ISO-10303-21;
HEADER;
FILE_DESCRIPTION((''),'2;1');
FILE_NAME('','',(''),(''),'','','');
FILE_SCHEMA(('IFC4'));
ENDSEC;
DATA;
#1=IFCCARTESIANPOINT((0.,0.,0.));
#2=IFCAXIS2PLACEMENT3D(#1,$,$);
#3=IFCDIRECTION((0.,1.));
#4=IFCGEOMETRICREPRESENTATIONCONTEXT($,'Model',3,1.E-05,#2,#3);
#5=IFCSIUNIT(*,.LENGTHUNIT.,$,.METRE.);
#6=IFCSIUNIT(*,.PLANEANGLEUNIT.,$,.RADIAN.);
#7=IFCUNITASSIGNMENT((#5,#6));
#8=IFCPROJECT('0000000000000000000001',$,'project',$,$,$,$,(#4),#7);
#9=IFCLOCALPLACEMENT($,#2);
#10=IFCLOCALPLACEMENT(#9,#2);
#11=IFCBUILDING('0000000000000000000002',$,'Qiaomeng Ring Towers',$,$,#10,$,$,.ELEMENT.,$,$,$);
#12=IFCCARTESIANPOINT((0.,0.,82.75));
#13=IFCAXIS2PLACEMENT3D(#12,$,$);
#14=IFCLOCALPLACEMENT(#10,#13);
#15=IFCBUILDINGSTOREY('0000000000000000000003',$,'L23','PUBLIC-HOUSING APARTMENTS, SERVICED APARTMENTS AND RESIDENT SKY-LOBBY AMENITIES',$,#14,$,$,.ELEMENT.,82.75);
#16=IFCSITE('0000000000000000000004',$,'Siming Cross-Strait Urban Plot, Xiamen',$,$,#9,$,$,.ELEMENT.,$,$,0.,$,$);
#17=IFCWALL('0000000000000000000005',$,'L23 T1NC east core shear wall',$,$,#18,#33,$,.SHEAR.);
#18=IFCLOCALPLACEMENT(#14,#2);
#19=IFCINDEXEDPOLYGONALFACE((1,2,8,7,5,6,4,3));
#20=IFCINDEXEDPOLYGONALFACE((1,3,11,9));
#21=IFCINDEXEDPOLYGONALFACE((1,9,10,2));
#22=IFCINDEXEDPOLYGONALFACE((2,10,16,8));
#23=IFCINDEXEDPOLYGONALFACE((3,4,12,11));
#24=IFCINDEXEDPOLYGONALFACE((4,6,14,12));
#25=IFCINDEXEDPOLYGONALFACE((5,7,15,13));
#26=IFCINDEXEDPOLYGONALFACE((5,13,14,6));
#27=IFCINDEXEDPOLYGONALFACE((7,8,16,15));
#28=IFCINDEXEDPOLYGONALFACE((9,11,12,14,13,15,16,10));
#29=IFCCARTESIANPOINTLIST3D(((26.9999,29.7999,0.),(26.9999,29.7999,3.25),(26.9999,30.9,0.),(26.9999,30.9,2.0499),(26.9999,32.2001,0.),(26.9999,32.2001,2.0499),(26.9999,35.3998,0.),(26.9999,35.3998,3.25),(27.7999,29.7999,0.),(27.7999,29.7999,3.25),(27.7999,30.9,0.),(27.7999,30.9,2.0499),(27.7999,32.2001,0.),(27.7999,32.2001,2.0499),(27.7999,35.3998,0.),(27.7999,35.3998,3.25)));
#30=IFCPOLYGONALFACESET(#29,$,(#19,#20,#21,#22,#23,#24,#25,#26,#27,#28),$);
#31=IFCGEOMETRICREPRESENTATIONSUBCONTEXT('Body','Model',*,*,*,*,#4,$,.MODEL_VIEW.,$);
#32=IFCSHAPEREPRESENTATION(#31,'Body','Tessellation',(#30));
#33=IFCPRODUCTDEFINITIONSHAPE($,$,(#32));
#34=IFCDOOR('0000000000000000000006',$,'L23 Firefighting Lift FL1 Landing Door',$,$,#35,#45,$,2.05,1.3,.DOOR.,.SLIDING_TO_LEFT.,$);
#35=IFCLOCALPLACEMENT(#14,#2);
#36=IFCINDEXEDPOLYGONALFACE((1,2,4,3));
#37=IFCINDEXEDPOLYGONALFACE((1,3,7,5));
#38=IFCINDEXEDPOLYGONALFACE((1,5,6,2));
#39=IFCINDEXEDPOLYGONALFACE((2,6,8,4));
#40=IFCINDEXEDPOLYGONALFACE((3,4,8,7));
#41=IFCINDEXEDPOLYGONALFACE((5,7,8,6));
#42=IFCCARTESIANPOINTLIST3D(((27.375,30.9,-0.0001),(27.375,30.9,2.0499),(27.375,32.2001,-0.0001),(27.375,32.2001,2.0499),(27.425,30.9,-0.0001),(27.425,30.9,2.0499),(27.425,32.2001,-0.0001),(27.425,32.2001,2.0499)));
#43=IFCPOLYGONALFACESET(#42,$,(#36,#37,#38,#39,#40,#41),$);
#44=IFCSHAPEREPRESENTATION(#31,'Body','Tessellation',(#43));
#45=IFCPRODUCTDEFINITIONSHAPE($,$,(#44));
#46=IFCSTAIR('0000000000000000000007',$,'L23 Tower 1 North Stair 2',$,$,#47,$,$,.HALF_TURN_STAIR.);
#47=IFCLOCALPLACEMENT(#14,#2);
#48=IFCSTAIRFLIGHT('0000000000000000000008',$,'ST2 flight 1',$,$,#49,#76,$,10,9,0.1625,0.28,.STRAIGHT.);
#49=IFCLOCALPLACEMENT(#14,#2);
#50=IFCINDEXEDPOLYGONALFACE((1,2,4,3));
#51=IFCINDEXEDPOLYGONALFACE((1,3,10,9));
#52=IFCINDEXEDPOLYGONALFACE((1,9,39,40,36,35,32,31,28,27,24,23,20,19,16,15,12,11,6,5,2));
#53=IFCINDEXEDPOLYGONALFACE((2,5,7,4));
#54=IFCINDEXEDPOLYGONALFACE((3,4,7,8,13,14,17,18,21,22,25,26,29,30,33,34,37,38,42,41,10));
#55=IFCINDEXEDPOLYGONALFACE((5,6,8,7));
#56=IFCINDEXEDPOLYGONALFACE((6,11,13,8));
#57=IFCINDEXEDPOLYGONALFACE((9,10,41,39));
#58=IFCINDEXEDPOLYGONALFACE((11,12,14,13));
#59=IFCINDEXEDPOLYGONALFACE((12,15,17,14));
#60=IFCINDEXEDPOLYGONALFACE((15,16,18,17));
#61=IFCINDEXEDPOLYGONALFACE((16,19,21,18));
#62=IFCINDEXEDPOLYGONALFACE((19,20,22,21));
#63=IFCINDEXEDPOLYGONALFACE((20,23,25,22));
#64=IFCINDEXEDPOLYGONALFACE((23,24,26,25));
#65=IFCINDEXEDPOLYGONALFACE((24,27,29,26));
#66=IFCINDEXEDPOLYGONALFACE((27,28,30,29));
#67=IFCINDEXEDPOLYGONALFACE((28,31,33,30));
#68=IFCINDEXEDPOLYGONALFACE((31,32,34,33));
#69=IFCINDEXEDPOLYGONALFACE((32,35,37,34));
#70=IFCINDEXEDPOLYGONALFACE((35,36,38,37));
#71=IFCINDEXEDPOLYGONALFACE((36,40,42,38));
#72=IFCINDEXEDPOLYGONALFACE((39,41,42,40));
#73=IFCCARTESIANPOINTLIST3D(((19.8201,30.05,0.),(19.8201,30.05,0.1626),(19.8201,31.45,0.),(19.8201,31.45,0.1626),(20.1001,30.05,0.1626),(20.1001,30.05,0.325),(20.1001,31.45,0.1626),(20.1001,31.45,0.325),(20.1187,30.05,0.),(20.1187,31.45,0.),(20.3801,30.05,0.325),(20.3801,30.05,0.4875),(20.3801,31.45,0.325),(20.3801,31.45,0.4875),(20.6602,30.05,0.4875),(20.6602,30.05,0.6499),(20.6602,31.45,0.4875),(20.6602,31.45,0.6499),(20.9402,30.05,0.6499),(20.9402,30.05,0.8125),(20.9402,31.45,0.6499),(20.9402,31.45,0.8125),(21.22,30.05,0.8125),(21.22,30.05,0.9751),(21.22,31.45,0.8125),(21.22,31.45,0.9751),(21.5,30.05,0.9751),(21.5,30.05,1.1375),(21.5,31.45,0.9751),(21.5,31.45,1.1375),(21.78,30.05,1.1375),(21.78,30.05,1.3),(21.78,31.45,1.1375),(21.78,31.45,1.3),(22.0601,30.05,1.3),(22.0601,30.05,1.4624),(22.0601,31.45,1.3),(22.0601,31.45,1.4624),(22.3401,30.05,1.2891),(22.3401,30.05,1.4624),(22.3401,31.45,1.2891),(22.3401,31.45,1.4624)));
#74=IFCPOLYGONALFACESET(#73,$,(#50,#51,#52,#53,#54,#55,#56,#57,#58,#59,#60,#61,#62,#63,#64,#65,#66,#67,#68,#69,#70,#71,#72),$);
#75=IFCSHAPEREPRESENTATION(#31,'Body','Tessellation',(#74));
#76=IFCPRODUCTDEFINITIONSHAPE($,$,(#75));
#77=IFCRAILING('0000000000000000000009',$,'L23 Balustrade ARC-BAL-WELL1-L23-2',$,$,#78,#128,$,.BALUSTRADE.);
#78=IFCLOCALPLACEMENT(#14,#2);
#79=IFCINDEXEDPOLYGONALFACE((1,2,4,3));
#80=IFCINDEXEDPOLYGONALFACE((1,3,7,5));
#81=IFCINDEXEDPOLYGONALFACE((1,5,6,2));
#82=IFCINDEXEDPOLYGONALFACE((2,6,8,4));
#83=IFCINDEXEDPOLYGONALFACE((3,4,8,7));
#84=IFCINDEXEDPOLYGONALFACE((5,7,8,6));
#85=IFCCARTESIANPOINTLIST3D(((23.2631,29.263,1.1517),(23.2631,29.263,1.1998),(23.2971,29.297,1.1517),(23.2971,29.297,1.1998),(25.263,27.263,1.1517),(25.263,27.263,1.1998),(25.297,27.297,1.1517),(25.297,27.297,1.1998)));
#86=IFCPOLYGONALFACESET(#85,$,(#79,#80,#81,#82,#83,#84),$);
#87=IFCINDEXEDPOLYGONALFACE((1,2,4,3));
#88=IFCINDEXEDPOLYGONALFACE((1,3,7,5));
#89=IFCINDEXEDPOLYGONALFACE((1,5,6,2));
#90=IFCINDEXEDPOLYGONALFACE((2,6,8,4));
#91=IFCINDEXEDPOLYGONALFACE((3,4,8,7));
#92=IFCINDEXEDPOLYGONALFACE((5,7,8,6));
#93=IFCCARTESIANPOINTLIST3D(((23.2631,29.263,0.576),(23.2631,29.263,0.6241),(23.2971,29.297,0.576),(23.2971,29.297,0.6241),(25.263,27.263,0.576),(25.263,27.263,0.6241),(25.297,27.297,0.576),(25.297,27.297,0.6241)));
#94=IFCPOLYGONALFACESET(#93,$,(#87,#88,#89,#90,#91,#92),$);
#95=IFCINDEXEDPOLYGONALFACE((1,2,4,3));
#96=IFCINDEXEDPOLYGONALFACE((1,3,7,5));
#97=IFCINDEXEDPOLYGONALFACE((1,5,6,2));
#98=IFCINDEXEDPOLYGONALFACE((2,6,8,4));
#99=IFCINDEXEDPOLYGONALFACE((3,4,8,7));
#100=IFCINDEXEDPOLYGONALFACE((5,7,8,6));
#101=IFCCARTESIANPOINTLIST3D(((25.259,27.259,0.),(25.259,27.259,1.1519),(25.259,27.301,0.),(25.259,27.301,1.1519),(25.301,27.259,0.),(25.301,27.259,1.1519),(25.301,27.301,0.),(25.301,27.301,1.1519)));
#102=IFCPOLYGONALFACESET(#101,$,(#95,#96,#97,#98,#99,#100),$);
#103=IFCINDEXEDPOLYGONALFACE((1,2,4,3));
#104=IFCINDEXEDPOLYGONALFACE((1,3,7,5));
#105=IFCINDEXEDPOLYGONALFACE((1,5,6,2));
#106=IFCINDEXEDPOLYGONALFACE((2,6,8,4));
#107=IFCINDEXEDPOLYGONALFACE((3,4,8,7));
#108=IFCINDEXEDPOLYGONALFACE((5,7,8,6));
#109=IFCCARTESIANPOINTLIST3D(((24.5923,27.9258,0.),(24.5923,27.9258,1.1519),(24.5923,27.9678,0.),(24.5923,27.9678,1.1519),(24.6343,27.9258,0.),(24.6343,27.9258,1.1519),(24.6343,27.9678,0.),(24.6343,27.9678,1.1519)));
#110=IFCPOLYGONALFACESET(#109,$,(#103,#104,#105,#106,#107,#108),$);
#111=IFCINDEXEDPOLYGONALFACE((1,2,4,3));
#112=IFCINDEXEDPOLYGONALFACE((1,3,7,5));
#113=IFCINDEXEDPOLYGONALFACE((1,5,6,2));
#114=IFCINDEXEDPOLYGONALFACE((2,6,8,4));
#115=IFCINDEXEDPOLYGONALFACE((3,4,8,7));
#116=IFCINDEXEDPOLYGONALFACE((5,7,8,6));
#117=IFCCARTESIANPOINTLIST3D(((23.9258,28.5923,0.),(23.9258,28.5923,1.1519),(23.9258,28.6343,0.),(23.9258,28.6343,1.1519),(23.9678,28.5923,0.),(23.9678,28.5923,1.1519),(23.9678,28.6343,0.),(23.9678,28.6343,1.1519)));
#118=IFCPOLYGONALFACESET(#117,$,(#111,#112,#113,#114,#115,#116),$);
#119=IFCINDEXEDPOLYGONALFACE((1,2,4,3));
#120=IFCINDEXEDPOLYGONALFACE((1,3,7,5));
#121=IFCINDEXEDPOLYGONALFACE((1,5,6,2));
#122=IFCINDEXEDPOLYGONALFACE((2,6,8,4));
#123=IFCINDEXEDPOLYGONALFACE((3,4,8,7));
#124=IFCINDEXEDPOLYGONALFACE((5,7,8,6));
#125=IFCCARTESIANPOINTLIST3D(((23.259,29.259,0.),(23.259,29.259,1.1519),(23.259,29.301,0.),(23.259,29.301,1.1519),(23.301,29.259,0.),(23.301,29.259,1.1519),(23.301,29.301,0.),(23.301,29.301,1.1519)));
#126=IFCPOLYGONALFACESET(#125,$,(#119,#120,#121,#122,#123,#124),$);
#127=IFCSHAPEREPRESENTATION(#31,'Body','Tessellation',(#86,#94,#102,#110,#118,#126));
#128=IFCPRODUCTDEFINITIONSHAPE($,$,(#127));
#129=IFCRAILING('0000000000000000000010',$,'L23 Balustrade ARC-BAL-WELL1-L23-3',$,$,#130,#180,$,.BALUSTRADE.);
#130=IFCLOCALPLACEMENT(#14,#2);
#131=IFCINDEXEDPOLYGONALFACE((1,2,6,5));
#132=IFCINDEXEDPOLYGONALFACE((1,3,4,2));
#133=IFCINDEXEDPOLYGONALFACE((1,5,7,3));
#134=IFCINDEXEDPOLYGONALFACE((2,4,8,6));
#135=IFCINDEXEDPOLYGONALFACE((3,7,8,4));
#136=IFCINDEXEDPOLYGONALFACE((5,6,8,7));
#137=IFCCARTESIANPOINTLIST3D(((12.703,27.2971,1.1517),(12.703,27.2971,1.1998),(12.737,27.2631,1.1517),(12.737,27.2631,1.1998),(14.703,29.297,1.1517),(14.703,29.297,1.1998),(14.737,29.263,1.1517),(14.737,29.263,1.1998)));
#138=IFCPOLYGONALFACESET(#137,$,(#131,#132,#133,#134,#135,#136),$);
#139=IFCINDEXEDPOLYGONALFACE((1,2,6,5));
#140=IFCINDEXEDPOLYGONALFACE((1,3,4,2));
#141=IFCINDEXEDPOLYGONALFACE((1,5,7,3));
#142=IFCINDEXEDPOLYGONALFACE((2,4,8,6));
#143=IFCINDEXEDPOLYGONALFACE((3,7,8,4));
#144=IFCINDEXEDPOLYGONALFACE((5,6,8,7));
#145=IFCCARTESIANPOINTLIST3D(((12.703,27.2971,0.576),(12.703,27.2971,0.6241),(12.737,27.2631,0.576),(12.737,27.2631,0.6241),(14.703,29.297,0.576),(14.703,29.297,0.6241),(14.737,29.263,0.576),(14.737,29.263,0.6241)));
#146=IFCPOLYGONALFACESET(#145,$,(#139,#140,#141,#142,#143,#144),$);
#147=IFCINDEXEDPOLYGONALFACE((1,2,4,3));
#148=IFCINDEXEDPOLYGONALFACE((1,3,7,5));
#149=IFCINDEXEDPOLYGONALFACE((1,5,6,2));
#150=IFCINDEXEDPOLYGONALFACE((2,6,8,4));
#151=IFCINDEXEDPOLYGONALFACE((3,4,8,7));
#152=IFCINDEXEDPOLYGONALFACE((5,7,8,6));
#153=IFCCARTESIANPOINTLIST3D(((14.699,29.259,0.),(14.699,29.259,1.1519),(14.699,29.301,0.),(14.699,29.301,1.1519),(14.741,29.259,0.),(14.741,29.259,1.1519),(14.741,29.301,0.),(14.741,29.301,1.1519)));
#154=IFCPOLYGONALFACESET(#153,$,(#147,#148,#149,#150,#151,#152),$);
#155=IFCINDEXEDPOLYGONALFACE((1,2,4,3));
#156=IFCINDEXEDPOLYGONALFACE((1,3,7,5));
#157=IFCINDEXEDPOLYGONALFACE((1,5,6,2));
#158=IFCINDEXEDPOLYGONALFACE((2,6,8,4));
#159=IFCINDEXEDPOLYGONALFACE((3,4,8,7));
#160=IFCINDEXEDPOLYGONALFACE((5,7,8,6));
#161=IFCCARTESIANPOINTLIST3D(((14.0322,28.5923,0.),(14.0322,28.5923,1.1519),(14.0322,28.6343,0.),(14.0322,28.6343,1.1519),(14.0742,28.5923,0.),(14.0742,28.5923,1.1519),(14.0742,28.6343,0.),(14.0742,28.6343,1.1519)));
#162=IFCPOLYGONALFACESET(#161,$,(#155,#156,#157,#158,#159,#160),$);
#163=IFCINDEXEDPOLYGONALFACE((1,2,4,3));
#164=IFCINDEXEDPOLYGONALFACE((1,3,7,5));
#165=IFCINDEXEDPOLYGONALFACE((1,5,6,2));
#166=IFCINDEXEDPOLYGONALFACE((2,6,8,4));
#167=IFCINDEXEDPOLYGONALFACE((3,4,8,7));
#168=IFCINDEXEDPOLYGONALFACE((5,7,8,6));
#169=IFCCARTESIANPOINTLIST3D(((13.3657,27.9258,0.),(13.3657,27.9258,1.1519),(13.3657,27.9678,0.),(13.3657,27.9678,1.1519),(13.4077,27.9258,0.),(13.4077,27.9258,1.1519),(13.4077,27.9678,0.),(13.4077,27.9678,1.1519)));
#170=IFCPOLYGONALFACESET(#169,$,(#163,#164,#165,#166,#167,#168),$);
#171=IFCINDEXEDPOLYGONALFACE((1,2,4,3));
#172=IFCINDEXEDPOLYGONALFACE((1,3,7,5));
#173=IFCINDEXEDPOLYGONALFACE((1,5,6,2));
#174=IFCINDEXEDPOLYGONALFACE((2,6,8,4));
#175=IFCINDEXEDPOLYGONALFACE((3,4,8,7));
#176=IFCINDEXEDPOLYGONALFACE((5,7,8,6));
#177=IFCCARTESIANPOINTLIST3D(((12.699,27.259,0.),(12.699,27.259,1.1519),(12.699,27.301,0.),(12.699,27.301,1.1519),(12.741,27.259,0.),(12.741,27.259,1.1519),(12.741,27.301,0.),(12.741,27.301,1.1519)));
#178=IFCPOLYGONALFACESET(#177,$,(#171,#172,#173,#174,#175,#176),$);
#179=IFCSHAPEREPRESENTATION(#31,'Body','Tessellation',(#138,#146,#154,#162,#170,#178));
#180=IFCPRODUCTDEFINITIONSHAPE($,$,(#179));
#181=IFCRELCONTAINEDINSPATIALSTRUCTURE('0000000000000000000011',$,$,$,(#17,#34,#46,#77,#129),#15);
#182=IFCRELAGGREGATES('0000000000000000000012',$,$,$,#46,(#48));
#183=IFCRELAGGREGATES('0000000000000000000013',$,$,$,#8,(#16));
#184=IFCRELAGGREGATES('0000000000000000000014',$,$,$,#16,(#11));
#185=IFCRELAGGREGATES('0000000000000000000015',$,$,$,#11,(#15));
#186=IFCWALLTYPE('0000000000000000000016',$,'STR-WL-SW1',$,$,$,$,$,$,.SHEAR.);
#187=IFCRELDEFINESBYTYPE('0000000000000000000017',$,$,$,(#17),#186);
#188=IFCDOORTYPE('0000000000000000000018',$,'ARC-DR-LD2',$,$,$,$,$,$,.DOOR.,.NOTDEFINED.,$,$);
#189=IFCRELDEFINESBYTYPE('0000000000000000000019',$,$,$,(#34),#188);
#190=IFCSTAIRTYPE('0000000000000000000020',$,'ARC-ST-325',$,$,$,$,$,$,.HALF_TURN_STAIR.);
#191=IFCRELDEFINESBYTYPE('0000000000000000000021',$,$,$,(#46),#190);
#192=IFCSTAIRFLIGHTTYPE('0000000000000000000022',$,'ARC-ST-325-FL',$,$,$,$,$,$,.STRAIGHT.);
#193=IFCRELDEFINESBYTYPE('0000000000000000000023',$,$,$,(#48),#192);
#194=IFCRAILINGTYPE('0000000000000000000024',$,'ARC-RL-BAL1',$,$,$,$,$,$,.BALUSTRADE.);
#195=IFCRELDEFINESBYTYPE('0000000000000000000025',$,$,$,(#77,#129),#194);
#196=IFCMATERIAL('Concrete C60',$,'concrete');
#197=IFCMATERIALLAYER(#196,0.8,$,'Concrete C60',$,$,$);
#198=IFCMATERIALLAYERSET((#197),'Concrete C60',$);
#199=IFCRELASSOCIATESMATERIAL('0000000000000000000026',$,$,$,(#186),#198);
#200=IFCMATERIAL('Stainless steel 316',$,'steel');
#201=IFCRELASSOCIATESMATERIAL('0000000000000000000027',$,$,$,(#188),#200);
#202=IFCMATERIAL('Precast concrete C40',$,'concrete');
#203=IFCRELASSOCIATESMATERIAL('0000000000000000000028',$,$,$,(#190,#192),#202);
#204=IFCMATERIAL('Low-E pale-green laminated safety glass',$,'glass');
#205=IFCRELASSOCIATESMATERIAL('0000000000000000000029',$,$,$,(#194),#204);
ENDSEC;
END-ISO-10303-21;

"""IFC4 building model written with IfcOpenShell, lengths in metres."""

from ifc_helpers import new_model, si_unit, direction, frame, frame_2d, origin, origin_2d, place, context, subcontext, project, spatial, polyline, rectangle, outline, extrude, source, transform, mapped, material, layer, layer_set, type_object, element, fill, aggregate, save


model = new_model("IFC4")

# Units and contexts
model_context = context("Model", 3, precision=1e-05, world=origin(), true_north=direction((0.0, 1.0)))
body_context = subcontext(model_context, "Body", "Model", "MODEL_VIEW")
ifc_project = project(units=[si_unit("LENGTHUNIT", "METRE"), si_unit("PLANEANGLEUNIT", "RADIAN")], contexts=[model_context])

# Site, building, storey
site_placement = place(None, origin())
site = spatial("IfcSite", under=ifc_project, at=site_placement, Name="Siming Cross-Strait Urban Plot, Xiamen", CompositionType="ELEMENT", RefElevation=0.0)
building_placement = place(site_placement, origin())
building = spatial("IfcBuilding", under=site, at=building_placement, Name="Qiaomeng Ring Towers", CompositionType="ELEMENT")
storey_placement = place(building_placement, frame((0.0, 0.0, 82.75)))
storey = spatial("IfcBuildingStorey", under=building, at=storey_placement, Name="L23", Description="PUBLIC-HOUSING APARTMENTS, SERVICED APARTMENTS AND RESIDENT SKY-LOBBY AMENITIES", CompositionType="ELEMENT", Elevation=82.75)

# Wall, opening, door
ifc_material_1 = material(Name="Concrete C60", Category="concrete")
ifc_layer_1 = layer(ifc_material_1, 0.8, Name="Concrete C60")
ifc_layer_set_1 = layer_set([ifc_layer_1], Name="Concrete C60")
wall_type_1 = type_object("IfcWallType", Name="STR-WL-SW1", PredefinedType="SHEAR", material=ifc_layer_set_1)
wall_1_placement = place(storey_placement, frame((27.3999, 29.8, 0.0), z_axis=(0.0, 0.0, 1.0), x_axis=(0.0, 1.0, 0.0)))
wall_1 = element("IfcWall", 1, at=wall_1_placement, inside=storey, type_object=wall_type_1, Name="L23 T1NC east core shear wall", PredefinedType="SHEAR", context=body_context, shape_type="SweptSolid", body=[
    extrude(rectangle(XDim=5.5999, YDim=0.8, at=frame_2d((2.7998, 0.0))), origin(), (0.0, 0.0, 1.0), 3.25),
])
opening_1_placement = place(wall_1_placement, frame((1.1001, 0.0, 0.0)))
opening_1 = element("IfcOpeningElement", 2, at=opening_1_placement, cuts=wall_1, PredefinedType="OPENING", context=body_context, shape_type="SweptSolid", body=[
    extrude(rectangle(XDim=1.3, YDim=2.05, at=frame_2d((0.6499, 1.0249))), frame((0.0, 0.4099, 0.0), z_axis=(0.0, -1.0, 0.0), x_axis=(1.0, 0.0, 0.0)), (0.0, 0.0, 1.0), 0.8201),
])
ifc_material_2 = material(Name="Stainless steel 316", Category="steel")
door_type_1 = type_object("IfcDoorType", Name="ARC-DR-LD2", OperationType="NOTDEFINED", PredefinedType="DOOR", material=ifc_material_2)
shared_shape_1 = source(origin(), body_context, "Body", "SweptSolid", [
    extrude(rectangle(XDim=1.3, YDim=2.05, at=frame_2d((0.6499, 1.0249))), frame((0.0, 0.0249, 0.0), z_axis=(0.0, -1.0, 0.0), x_axis=(1.0, 0.0, 0.0)), (0.0, 0.0, 1.0), 0.05),
])
door_1_placement = place(opening_1_placement, origin())
door_1 = element("IfcDoor", 3, at=door_1_placement, inside=storey, type_object=door_type_1, Name="L23 Firefighting Lift FL1 Landing Door", OperationType="SLIDING_TO_LEFT", OverallHeight=2.05, OverallWidth=1.3, PredefinedType="DOOR", context=body_context, shape_type="MappedRepresentation", body=[
    mapped(shared_shape_1, transform((0.0, 0.0, 0.0), x_axis=(1.0, 0.0, 0.0), y_axis=(0.0, 1.0, 0.0), z_axis=(0.0, 0.0, 1.0), scale=1.0)),
])
fill(opening_1, door_1)

# Stair, stair flight
ifc_material_3 = material(Name="Precast concrete C40", Category="concrete")
stair_type = type_object("IfcStairType", Name="ARC-ST-325", PredefinedType="HALF_TURN_STAIR", material=ifc_material_3)
stair_placement = place(storey_placement, origin())
stair = element("IfcStair", 4, at=stair_placement, inside=storey, type_object=stair_type, Name="L23 Tower 1 North Stair 2", PredefinedType="HALF_TURN_STAIR")
stair_flight_type = type_object("IfcStairFlightType", Name="ARC-ST-325-FL", PredefinedType="STRAIGHT", material=ifc_material_3)
shared_shape_2 = source(origin(), body_context, "Body", "SweptSolid", [
    extrude(outline(polyline([(0.0, 0.0), (0.0, 0.1626), (0.28, 0.1626), (0.28, 0.325), (0.5601, 0.325), (0.5601, 0.4875), (0.8401, 0.4875), (0.8401, 0.6499), (1.1201, 0.6499), (1.1201, 0.8125), (1.3999, 0.8125), (1.3999, 0.9751), (1.6799, 0.9751), (1.6799, 1.1375), (1.96, 1.1375), (1.96, 1.3), (2.24, 1.3), (2.24, 1.4624), (2.52, 1.4624), (2.52, 1.625), (2.52, 1.2891), (0.2986, 0.0), (0.0, 0.0)])), frame((0.0, 0.7, 0.0), z_axis=(0.0, -1.0, 0.0), x_axis=(1.0, 0.0, 0.0)), (0.0, 0.0, 1.0), 1.3999),
])
stair_flight_placement = place(storey_placement, frame((19.8201, 30.75, 0.0), z_axis=(0.0, 0.0, 1.0), x_axis=(1.0, 0.0, 0.0)))
stair_flight = element("IfcStairFlight", 5, at=stair_flight_placement, type_object=stair_flight_type, Name="ST2 flight 1", NumberOfRisers=10, NumberOfTreads=9, PredefinedType="STRAIGHT", RiserHeight=0.1625, TreadLength=0.28, context=body_context, shape_type="MappedRepresentation", body=[
    mapped(shared_shape_2, transform((0.0, 0.0, 0.0), x_axis=(1.0, 0.0, 0.0), y_axis=(0.0, 1.0, 0.0), z_axis=(0.0, 0.0, 1.0), scale=1.0)),
])
aggregate(stair, [stair_flight])

# Railings
ifc_material_4 = material(Name="Low-E pale-green laminated safety glass", Category="glass")
railing_type_1 = type_object("IfcRailingType", Name="ARC-RL-BAL1", PredefinedType="BALUSTRADE", material=ifc_material_4)
railing_1_placement = place(storey_placement, frame((25.28, 27.28, 0.0)))
element("IfcRailing", 6, at=railing_1_placement, inside=storey, type_object=railing_type_1, Name="L23 Balustrade ARC-BAL-WELL1-L23-2", PredefinedType="BALUSTRADE", context=body_context, shape_type="SweptSolid", body=[
    extrude(rectangle(XDim=0.0481, YDim=0.0481, at=origin_2d()), frame((0.0, 0.0, 1.1758), z_axis=(-0.707107, 0.707107, 0.0), x_axis=(-0.707107, -0.707107, 0.0)), (0.0, 0.0, 1.0), 2.8284),
    extrude(rectangle(XDim=0.0481, YDim=0.0481, at=origin_2d()), frame((0.0, 0.0, 0.6001), z_axis=(-0.707107, 0.707107, 0.0), x_axis=(-0.707107, -0.707107, 0.0)), (0.0, 0.0, 1.0), 2.8284),
    extrude(rectangle(XDim=0.042, YDim=0.042, at=origin_2d()), origin(), (0.0, 0.0, 1.0), 1.1519),
    extrude(rectangle(XDim=0.042, YDim=0.042, at=origin_2d()), frame((-0.6667, 0.6667, 0.0)), (0.0, 0.0, 1.0), 1.1519),
    extrude(rectangle(XDim=0.042, YDim=0.042, at=origin_2d()), frame((-1.3333, 1.3333, 0.0)), (0.0, 0.0, 1.0), 1.1519),
    extrude(rectangle(XDim=0.042, YDim=0.042, at=origin_2d()), frame((-2.0, 2.0, 0.0)), (0.0, 0.0, 1.0), 1.1519),
])
railing_2_placement = place(storey_placement, frame((14.72, 29.28, 0.0)))
element("IfcRailing", 7, at=railing_2_placement, inside=storey, type_object=railing_type_1, Name="L23 Balustrade ARC-BAL-WELL1-L23-3", PredefinedType="BALUSTRADE", context=body_context, shape_type="SweptSolid", body=[
    extrude(rectangle(XDim=0.0481, YDim=0.0481, at=origin_2d()), frame((0.0, 0.0, 1.1758), z_axis=(-0.707107, -0.707107, 0.0), x_axis=(0.707107, -0.707107, 0.0)), (0.0, 0.0, 1.0), 2.8284),
    extrude(rectangle(XDim=0.0481, YDim=0.0481, at=origin_2d()), frame((0.0, 0.0, 0.6001), z_axis=(-0.707107, -0.707107, 0.0), x_axis=(0.707107, -0.707107, 0.0)), (0.0, 0.0, 1.0), 2.8284),
    extrude(rectangle(XDim=0.042, YDim=0.042, at=origin_2d()), origin(), (0.0, 0.0, 1.0), 1.1519),
    extrude(rectangle(XDim=0.042, YDim=0.042, at=origin_2d()), frame((-0.6667, -0.6667, 0.0)), (0.0, 0.0, 1.0), 1.1519),
    extrude(rectangle(XDim=0.042, YDim=0.042, at=origin_2d()), frame((-1.3333, -1.3333, 0.0)), (0.0, 0.0, 1.0), 1.1519),
    extrude(rectangle(XDim=0.042, YDim=0.042, at=origin_2d()), frame((-2.0, -2.0, 0.0)), (0.0, 0.0, 1.0), 1.1519),
])

save(model, "model.ifc")
